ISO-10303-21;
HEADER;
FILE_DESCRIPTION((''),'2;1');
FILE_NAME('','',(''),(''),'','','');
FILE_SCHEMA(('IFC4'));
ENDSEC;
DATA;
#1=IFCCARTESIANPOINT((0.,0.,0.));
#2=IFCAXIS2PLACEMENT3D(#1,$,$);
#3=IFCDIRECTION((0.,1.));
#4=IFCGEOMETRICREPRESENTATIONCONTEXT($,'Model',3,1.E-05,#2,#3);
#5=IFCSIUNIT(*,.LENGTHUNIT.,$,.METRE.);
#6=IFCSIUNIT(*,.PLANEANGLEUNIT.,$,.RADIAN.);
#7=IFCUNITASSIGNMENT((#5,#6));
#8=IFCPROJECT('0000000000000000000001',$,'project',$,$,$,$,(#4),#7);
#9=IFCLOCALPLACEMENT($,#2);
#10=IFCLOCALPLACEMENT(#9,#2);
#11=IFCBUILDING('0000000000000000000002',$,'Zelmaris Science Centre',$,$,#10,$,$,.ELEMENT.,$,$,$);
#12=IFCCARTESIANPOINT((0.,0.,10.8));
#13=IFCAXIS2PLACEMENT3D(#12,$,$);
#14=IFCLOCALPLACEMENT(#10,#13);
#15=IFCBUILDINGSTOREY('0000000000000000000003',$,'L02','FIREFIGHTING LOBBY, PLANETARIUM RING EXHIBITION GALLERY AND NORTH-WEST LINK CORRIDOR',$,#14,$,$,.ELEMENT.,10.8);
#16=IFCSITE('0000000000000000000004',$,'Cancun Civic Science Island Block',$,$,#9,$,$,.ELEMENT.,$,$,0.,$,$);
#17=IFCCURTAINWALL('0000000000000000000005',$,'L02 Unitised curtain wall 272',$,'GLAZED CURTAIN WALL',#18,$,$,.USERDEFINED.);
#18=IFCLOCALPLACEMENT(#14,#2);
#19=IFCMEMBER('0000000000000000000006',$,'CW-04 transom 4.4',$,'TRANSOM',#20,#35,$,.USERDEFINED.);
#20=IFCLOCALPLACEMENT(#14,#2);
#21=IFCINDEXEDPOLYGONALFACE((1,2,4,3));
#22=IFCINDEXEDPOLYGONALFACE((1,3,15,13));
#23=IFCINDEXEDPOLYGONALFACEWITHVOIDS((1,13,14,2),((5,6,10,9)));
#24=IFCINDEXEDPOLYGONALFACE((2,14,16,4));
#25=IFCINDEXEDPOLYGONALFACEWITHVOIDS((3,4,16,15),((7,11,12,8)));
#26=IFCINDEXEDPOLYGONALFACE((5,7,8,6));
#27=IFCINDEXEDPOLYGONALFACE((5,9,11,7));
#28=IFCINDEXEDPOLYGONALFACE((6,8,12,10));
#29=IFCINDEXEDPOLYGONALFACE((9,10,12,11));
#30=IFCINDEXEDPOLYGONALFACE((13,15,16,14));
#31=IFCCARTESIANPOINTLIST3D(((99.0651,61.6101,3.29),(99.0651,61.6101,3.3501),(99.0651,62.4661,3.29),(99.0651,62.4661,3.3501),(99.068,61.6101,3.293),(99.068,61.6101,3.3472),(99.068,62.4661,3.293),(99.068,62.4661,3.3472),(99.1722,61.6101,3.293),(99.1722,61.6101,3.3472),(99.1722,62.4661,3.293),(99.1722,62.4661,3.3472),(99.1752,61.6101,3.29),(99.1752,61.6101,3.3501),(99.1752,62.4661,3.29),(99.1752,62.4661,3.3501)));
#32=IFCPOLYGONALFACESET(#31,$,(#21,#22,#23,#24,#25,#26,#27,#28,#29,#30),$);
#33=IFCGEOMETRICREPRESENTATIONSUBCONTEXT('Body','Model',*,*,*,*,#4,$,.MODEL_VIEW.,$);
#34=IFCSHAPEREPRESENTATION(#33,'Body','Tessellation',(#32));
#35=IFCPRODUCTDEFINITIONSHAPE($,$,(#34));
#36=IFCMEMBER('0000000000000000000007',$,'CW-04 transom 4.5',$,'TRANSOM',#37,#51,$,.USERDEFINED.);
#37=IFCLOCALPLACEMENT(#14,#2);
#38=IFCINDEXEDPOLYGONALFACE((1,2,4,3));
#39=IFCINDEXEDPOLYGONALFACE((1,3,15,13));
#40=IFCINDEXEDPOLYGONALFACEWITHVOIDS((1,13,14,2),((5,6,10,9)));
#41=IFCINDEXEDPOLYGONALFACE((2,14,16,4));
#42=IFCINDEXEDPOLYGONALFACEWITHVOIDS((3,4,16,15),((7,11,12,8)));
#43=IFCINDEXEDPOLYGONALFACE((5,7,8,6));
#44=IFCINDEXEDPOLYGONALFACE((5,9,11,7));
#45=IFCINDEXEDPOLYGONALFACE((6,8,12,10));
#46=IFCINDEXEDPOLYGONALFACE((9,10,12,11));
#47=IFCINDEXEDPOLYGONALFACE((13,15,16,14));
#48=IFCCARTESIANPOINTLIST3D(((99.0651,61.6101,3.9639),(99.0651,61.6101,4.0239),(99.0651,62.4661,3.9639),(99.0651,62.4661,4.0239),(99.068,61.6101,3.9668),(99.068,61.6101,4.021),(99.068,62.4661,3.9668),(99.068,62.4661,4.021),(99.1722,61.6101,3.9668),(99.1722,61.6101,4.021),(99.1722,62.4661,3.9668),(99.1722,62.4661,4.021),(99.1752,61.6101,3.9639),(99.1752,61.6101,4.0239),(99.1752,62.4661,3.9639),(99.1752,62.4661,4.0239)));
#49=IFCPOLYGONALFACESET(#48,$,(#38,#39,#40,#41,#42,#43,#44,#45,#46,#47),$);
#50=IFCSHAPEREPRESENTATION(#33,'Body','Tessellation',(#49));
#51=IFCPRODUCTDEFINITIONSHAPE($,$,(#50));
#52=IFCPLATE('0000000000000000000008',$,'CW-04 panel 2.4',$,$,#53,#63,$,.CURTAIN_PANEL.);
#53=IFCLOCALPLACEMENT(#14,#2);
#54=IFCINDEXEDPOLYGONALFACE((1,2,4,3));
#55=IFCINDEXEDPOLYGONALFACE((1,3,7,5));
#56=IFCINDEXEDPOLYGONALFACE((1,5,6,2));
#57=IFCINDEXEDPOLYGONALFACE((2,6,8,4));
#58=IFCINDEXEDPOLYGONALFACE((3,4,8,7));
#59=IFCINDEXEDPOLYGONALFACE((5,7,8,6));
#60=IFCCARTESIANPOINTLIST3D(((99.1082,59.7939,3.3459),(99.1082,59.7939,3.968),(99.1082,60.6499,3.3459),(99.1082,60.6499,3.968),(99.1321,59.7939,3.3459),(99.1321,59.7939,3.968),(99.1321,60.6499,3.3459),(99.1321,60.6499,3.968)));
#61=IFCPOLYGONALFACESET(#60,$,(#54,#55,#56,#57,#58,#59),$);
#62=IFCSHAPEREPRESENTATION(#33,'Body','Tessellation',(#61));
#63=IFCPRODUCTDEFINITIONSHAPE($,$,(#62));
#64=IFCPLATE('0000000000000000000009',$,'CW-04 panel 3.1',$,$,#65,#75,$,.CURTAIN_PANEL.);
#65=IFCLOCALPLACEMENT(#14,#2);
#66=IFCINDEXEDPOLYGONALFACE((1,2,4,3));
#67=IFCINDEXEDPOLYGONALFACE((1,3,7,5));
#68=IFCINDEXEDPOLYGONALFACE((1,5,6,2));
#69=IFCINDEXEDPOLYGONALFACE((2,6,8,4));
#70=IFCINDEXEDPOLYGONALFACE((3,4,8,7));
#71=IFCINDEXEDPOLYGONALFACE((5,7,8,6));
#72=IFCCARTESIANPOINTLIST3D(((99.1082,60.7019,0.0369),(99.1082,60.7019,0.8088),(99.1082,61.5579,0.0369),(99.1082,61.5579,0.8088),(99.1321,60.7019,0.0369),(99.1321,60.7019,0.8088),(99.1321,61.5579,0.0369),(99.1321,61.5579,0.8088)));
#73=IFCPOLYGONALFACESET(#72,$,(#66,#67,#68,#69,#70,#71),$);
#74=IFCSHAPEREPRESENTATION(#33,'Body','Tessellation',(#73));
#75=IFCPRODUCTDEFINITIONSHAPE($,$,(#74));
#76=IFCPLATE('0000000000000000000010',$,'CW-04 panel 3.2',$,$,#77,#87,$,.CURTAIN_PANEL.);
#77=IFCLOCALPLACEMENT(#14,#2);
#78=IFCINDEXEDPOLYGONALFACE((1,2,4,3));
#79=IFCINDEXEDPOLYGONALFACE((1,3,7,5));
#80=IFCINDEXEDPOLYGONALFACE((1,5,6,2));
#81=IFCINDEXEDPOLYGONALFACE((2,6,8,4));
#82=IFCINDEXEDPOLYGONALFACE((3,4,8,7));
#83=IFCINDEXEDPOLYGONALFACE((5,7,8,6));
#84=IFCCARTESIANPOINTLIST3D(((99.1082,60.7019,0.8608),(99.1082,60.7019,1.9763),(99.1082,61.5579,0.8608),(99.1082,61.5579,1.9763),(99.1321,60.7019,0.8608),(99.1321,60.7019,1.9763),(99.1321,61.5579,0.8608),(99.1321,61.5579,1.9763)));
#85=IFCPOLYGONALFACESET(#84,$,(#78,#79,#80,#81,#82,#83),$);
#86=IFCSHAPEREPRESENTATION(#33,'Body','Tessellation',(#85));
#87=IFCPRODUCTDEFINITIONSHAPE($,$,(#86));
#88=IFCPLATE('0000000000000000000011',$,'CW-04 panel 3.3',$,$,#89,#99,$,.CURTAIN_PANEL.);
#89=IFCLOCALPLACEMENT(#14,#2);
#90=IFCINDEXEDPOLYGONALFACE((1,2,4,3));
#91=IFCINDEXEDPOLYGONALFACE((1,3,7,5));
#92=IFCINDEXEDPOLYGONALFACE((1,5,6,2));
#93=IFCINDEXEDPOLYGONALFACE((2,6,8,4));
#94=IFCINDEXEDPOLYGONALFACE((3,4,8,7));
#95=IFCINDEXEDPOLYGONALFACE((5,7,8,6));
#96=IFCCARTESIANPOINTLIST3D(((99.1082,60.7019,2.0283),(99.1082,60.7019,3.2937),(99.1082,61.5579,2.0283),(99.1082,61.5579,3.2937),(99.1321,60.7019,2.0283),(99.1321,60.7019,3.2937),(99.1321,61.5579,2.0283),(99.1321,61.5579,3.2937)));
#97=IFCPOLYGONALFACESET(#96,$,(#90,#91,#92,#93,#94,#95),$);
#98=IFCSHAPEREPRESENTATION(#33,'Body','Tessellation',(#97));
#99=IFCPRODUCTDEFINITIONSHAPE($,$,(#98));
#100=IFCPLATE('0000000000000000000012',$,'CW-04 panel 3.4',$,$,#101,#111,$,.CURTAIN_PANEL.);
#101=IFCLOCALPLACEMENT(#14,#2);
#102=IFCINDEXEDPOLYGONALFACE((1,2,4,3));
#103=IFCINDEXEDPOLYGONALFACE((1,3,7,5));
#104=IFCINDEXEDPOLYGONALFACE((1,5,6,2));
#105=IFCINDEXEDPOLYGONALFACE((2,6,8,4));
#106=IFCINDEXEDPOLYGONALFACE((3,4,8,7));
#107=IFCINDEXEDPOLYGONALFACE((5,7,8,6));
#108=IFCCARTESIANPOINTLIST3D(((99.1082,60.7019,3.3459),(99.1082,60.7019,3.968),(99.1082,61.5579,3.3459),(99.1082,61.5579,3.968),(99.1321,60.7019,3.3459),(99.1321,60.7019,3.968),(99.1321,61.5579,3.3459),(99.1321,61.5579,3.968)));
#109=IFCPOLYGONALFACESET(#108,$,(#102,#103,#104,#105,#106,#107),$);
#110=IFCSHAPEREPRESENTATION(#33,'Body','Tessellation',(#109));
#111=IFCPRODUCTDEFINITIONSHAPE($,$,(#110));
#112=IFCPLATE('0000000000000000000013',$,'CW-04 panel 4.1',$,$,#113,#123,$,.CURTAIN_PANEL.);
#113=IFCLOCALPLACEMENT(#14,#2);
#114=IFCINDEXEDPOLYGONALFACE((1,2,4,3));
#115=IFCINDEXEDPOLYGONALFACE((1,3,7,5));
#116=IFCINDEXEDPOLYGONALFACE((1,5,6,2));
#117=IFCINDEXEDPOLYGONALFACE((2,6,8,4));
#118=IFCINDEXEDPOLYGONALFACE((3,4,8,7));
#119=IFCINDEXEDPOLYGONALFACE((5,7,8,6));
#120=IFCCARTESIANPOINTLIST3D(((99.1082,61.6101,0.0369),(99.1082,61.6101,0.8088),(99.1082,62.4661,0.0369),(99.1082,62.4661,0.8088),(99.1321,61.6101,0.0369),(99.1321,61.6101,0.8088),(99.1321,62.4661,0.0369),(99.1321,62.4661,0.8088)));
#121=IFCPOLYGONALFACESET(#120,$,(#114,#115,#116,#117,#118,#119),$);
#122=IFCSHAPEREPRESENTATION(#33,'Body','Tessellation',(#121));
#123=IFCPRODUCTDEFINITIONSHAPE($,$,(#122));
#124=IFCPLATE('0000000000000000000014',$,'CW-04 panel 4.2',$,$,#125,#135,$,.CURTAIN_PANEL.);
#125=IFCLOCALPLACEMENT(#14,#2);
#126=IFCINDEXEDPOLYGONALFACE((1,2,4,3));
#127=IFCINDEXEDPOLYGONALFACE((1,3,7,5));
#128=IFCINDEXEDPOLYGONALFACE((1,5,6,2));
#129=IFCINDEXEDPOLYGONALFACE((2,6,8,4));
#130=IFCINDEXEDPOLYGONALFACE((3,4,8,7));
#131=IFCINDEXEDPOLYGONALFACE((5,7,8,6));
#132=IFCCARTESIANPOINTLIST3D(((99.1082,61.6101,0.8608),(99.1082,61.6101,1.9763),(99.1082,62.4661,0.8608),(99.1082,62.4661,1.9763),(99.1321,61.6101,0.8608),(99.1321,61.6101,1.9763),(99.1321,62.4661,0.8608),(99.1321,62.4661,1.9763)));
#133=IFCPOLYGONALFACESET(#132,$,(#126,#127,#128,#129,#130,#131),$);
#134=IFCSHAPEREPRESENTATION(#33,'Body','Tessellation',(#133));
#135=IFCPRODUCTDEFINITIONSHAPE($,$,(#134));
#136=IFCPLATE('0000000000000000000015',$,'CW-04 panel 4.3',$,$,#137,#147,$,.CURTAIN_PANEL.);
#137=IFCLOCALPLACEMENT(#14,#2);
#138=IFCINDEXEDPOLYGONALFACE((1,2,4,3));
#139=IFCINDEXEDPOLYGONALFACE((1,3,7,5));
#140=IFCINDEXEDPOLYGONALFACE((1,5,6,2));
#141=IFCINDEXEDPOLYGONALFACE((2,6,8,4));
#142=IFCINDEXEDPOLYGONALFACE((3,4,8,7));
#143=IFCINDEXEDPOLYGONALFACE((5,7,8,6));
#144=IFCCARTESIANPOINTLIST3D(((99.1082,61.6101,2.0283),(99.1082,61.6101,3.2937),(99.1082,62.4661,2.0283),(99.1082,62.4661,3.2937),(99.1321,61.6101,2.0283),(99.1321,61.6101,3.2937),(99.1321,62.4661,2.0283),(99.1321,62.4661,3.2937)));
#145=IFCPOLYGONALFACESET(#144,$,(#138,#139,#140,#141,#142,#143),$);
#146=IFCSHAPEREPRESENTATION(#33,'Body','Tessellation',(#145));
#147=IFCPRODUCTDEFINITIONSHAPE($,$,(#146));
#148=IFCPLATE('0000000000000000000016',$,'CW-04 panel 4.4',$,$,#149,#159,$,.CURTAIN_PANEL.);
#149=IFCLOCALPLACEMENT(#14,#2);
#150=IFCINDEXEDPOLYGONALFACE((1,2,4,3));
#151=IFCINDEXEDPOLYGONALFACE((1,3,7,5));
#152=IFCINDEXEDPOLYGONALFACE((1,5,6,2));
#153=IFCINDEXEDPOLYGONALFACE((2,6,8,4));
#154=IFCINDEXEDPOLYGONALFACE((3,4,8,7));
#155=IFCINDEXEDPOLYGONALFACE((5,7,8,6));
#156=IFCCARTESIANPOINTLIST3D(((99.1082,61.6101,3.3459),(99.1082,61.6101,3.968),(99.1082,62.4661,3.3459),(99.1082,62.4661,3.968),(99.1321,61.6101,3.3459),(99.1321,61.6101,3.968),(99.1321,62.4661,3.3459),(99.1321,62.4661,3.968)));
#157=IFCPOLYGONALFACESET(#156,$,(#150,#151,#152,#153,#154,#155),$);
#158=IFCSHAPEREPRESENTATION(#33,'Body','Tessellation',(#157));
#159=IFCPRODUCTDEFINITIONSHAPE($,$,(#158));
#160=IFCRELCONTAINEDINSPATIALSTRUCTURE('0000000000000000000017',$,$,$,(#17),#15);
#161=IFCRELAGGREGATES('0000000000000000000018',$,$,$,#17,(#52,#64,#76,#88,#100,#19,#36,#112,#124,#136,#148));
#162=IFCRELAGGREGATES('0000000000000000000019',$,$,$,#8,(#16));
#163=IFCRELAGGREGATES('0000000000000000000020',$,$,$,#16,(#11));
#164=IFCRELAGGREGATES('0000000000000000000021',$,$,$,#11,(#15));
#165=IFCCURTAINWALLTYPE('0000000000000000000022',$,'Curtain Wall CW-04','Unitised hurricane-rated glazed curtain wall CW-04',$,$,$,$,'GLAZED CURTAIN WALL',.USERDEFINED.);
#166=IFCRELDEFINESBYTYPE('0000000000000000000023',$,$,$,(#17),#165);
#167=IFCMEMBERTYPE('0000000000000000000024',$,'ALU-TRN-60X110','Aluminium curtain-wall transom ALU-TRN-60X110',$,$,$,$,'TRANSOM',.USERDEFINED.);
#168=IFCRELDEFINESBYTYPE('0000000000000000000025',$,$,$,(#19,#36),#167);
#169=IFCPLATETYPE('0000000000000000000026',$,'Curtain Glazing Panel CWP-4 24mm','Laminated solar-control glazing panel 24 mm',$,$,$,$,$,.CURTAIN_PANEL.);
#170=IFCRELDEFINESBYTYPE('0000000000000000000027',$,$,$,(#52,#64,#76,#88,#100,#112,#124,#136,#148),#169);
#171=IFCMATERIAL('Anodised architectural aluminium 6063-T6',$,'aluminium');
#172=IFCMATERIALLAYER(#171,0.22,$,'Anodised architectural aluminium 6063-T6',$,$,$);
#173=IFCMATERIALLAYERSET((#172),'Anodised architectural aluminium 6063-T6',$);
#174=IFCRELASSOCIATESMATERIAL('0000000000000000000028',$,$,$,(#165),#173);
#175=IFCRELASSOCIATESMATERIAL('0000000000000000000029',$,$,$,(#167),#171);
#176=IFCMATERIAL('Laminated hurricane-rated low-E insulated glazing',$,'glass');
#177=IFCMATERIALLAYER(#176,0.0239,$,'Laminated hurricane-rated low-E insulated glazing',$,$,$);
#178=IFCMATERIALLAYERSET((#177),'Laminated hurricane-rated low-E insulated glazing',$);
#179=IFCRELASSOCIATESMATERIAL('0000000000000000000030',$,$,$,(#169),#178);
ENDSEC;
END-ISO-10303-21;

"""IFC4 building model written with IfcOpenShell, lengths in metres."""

from ifc_helpers import new_model, si_unit, direction, frame, origin, origin_2d, place, context, subcontext, project, spatial, rectangle, hollow_rectangle, extrude, material, layer, layer_set, material_profile, profile_set, type_object, element, aggregate, save


model = new_model("IFC4")

# Units and contexts
model_context = context("Model", 3, precision=1e-05, world=origin(), true_north=direction((0.0, 1.0)))
body_context = subcontext(model_context, "Body", "Model", "MODEL_VIEW")
ifc_project = project(units=[si_unit("LENGTHUNIT", "METRE"), si_unit("PLANEANGLEUNIT", "RADIAN")], contexts=[model_context])

# Site, building, storey
site_placement = place(None, origin())
site = spatial("IfcSite", under=ifc_project, at=site_placement, Name="Cancun Civic Science Island Block", CompositionType="ELEMENT", RefElevation=0.0)
building_placement = place(site_placement, origin())
building = spatial("IfcBuilding", under=site, at=building_placement, Name="Zelmaris Science Centre", CompositionType="ELEMENT")
storey_placement = place(building_placement, frame((0.0, 0.0, 10.8)))
storey = spatial("IfcBuildingStorey", under=building, at=storey_placement, Name="L02", Description="FIREFIGHTING LOBBY, PLANETARIUM RING EXHIBITION GALLERY AND NORTH-WEST LINK CORRIDOR", CompositionType="ELEMENT", Elevation=10.8)

# Curtain wall, members, plates
ifc_material_1 = material(Name="Anodised architectural aluminium 6063-T6", Category="aluminium")
ifc_layer_1 = layer(ifc_material_1, 0.22, Name="Anodised architectural aluminium 6063-T6")
ifc_layer_set_1 = layer_set([ifc_layer_1], Name="Anodised architectural aluminium 6063-T6")
curtain_wall_type = type_object("IfcCurtainWallType", Name="Curtain Wall CW-04", Description="Unitised hurricane-rated glazed curtain wall CW-04", ElementType="GLAZED CURTAIN WALL", PredefinedType="USERDEFINED", material=ifc_layer_set_1)
curtain_wall_placement = place(storey_placement, origin())
curtain_wall = element("IfcCurtainWall", 1, at=curtain_wall_placement, inside=storey, type_object=curtain_wall_type, Name="L02 Unitised curtain wall 272", ObjectType="GLAZED CURTAIN WALL", PredefinedType="USERDEFINED")
ifc_material_profile_1 = material_profile(ifc_material_1, hollow_rectangle(XDim=0.0601, YDim=0.1101, WallThickness=0.0029, at=origin_2d()), Name="ALU-TRN-60X110")
ifc_profile_set_1 = profile_set([ifc_material_profile_1], Name="Anodised architectural aluminium 6063-T6")
member_type_1 = type_object("IfcMemberType", Name="ALU-TRN-60X110", Description="Aluminium curtain-wall transom ALU-TRN-60X110", ElementType="TRANSOM", PredefinedType="USERDEFINED", material=ifc_profile_set_1)
member_1_placement = place(storey_placement, frame((99.1201, 61.6101, 3.3201), z_axis=(0.0, 1.0, 0.0), x_axis=(0.0, 0.0, 1.0)))
member_1 = element("IfcMember", 2, at=member_1_placement, type_object=member_type_1, Name="CW-04 transom 4.4", ObjectType="TRANSOM", PredefinedType="USERDEFINED", context=body_context, shape_type="SweptSolid", body=[
    extrude(hollow_rectangle(XDim=0.0601, YDim=0.1101, WallThickness=0.0029, at=origin_2d()), origin(), (0.0, 0.0, 1.0), 0.856),
])
member_2_placement = place(storey_placement, frame((99.1201, 61.6101, 3.9939), z_axis=(0.0, 1.0, 0.0), x_axis=(0.0, 0.0, 1.0)))
member_2 = element("IfcMember", 3, at=member_2_placement, type_object=member_type_1, Name="CW-04 transom 4.5", ObjectType="TRANSOM", PredefinedType="USERDEFINED", context=body_context, shape_type="SweptSolid", body=[
    extrude(hollow_rectangle(XDim=0.0601, YDim=0.1101, WallThickness=0.0029, at=origin_2d()), origin(), (0.0, 0.0, 1.0), 0.856),
])
ifc_material_2 = material(Name="Laminated hurricane-rated low-E insulated glazing", Category="glass")
ifc_layer_2 = layer(ifc_material_2, 0.0239, Name="Laminated hurricane-rated low-E insulated glazing")
ifc_layer_set_2 = layer_set([ifc_layer_2], Name="Laminated hurricane-rated low-E insulated glazing")
plate_type = type_object("IfcPlateType", Name="Curtain Glazing Panel CWP-4 24mm", Description="Laminated solar-control glazing panel 24 mm", PredefinedType="CURTAIN_PANEL", material=ifc_layer_set_2)
plate_1_placement = place(storey_placement, frame((99.1201, 60.2219, 3.3459), z_axis=(0.0, 0.0, 1.0), x_axis=(0.0, 1.0, 0.0)))
plate_1 = element("IfcPlate", 4, at=plate_1_placement, type_object=plate_type, Name="CW-04 panel 2.4", PredefinedType="CURTAIN_PANEL", context=body_context, shape_type="SweptSolid", body=[
    extrude(rectangle(XDim=0.856, YDim=0.0239, at=origin_2d()), origin(), (0.0, 0.0, 1.0), 0.6221),
])
plate_2_placement = place(storey_placement, frame((99.1201, 61.1299, 0.0369), z_axis=(0.0, 0.0, 1.0), x_axis=(0.0, 1.0, 0.0)))
plate_2 = element("IfcPlate", 5, at=plate_2_placement, type_object=plate_type, Name="CW-04 panel 3.1", PredefinedType="CURTAIN_PANEL", context=body_context, shape_type="SweptSolid", body=[
    extrude(rectangle(XDim=0.856, YDim=0.0239, at=origin_2d()), origin(), (0.0, 0.0, 1.0), 0.772),
])
plate_3_placement = place(storey_placement, frame((99.1201, 61.1299, 0.8608), z_axis=(0.0, 0.0, 1.0), x_axis=(0.0, 1.0, 0.0)))
plate_3 = element("IfcPlate", 6, at=plate_3_placement, type_object=plate_type, Name="CW-04 panel 3.2", PredefinedType="CURTAIN_PANEL", context=body_context, shape_type="SweptSolid", body=[
    extrude(rectangle(XDim=0.856, YDim=0.0239, at=origin_2d()), origin(), (0.0, 0.0, 1.0), 1.1155),
])
plate_4_placement = place(storey_placement, frame((99.1201, 61.1299, 2.0283), z_axis=(0.0, 0.0, 1.0), x_axis=(0.0, 1.0, 0.0)))
plate_4 = element("IfcPlate", 7, at=plate_4_placement, type_object=plate_type, Name="CW-04 panel 3.3", PredefinedType="CURTAIN_PANEL", context=body_context, shape_type="SweptSolid", body=[
    extrude(rectangle(XDim=0.856, YDim=0.0239, at=origin_2d()), origin(), (0.0, 0.0, 1.0), 1.2654),
])
plate_5_placement = place(storey_placement, frame((99.1201, 61.1299, 3.3459), z_axis=(0.0, 0.0, 1.0), x_axis=(0.0, 1.0, 0.0)))
plate_5 = element("IfcPlate", 8, at=plate_5_placement, type_object=plate_type, Name="CW-04 panel 3.4", PredefinedType="CURTAIN_PANEL", context=body_context, shape_type="SweptSolid", body=[
    extrude(rectangle(XDim=0.856, YDim=0.0239, at=origin_2d()), origin(), (0.0, 0.0, 1.0), 0.6221),
])
plate_6_placement = place(storey_placement, frame((99.1201, 62.0381, 0.0369), z_axis=(0.0, 0.0, 1.0), x_axis=(0.0, 1.0, 0.0)))
plate_6 = element("IfcPlate", 9, at=plate_6_placement, type_object=plate_type, Name="CW-04 panel 4.1", PredefinedType="CURTAIN_PANEL", context=body_context, shape_type="SweptSolid", body=[
    extrude(rectangle(XDim=0.856, YDim=0.0239, at=origin_2d()), origin(), (0.0, 0.0, 1.0), 0.772),
])
plate_7_placement = place(storey_placement, frame((99.1201, 62.0381, 0.8608), z_axis=(0.0, 0.0, 1.0), x_axis=(0.0, 1.0, 0.0)))
plate_7 = element("IfcPlate", 10, at=plate_7_placement, type_object=plate_type, Name="CW-04 panel 4.2", PredefinedType="CURTAIN_PANEL", context=body_context, shape_type="SweptSolid", body=[
    extrude(rectangle(XDim=0.856, YDim=0.0239, at=origin_2d()), origin(), (0.0, 0.0, 1.0), 1.1155),
])
plate_8_placement = place(storey_placement, frame((99.1201, 62.0381, 2.0283), z_axis=(0.0, 0.0, 1.0), x_axis=(0.0, 1.0, 0.0)))
plate_8 = element("IfcPlate", 11, at=plate_8_placement, type_object=plate_type, Name="CW-04 panel 4.3", PredefinedType="CURTAIN_PANEL", context=body_context, shape_type="SweptSolid", body=[
    extrude(rectangle(XDim=0.856, YDim=0.0239, at=origin_2d()), origin(), (0.0, 0.0, 1.0), 1.2654),
])
plate_9_placement = place(storey_placement, frame((99.1201, 62.0381, 3.3459), z_axis=(0.0, 0.0, 1.0), x_axis=(0.0, 1.0, 0.0)))
plate_9 = element("IfcPlate", 12, at=plate_9_placement, type_object=plate_type, Name="CW-04 panel 4.4", PredefinedType="CURTAIN_PANEL", context=body_context, shape_type="SweptSolid", body=[
    extrude(rectangle(XDim=0.856, YDim=0.0239, at=origin_2d()), origin(), (0.0, 0.0, 1.0), 0.6221),
])
aggregate(curtain_wall, [plate_1, plate_2, plate_3, plate_4, plate_5, member_1, member_2, plate_6, plate_7, plate_8, plate_9])

save(model, "model.ifc")
